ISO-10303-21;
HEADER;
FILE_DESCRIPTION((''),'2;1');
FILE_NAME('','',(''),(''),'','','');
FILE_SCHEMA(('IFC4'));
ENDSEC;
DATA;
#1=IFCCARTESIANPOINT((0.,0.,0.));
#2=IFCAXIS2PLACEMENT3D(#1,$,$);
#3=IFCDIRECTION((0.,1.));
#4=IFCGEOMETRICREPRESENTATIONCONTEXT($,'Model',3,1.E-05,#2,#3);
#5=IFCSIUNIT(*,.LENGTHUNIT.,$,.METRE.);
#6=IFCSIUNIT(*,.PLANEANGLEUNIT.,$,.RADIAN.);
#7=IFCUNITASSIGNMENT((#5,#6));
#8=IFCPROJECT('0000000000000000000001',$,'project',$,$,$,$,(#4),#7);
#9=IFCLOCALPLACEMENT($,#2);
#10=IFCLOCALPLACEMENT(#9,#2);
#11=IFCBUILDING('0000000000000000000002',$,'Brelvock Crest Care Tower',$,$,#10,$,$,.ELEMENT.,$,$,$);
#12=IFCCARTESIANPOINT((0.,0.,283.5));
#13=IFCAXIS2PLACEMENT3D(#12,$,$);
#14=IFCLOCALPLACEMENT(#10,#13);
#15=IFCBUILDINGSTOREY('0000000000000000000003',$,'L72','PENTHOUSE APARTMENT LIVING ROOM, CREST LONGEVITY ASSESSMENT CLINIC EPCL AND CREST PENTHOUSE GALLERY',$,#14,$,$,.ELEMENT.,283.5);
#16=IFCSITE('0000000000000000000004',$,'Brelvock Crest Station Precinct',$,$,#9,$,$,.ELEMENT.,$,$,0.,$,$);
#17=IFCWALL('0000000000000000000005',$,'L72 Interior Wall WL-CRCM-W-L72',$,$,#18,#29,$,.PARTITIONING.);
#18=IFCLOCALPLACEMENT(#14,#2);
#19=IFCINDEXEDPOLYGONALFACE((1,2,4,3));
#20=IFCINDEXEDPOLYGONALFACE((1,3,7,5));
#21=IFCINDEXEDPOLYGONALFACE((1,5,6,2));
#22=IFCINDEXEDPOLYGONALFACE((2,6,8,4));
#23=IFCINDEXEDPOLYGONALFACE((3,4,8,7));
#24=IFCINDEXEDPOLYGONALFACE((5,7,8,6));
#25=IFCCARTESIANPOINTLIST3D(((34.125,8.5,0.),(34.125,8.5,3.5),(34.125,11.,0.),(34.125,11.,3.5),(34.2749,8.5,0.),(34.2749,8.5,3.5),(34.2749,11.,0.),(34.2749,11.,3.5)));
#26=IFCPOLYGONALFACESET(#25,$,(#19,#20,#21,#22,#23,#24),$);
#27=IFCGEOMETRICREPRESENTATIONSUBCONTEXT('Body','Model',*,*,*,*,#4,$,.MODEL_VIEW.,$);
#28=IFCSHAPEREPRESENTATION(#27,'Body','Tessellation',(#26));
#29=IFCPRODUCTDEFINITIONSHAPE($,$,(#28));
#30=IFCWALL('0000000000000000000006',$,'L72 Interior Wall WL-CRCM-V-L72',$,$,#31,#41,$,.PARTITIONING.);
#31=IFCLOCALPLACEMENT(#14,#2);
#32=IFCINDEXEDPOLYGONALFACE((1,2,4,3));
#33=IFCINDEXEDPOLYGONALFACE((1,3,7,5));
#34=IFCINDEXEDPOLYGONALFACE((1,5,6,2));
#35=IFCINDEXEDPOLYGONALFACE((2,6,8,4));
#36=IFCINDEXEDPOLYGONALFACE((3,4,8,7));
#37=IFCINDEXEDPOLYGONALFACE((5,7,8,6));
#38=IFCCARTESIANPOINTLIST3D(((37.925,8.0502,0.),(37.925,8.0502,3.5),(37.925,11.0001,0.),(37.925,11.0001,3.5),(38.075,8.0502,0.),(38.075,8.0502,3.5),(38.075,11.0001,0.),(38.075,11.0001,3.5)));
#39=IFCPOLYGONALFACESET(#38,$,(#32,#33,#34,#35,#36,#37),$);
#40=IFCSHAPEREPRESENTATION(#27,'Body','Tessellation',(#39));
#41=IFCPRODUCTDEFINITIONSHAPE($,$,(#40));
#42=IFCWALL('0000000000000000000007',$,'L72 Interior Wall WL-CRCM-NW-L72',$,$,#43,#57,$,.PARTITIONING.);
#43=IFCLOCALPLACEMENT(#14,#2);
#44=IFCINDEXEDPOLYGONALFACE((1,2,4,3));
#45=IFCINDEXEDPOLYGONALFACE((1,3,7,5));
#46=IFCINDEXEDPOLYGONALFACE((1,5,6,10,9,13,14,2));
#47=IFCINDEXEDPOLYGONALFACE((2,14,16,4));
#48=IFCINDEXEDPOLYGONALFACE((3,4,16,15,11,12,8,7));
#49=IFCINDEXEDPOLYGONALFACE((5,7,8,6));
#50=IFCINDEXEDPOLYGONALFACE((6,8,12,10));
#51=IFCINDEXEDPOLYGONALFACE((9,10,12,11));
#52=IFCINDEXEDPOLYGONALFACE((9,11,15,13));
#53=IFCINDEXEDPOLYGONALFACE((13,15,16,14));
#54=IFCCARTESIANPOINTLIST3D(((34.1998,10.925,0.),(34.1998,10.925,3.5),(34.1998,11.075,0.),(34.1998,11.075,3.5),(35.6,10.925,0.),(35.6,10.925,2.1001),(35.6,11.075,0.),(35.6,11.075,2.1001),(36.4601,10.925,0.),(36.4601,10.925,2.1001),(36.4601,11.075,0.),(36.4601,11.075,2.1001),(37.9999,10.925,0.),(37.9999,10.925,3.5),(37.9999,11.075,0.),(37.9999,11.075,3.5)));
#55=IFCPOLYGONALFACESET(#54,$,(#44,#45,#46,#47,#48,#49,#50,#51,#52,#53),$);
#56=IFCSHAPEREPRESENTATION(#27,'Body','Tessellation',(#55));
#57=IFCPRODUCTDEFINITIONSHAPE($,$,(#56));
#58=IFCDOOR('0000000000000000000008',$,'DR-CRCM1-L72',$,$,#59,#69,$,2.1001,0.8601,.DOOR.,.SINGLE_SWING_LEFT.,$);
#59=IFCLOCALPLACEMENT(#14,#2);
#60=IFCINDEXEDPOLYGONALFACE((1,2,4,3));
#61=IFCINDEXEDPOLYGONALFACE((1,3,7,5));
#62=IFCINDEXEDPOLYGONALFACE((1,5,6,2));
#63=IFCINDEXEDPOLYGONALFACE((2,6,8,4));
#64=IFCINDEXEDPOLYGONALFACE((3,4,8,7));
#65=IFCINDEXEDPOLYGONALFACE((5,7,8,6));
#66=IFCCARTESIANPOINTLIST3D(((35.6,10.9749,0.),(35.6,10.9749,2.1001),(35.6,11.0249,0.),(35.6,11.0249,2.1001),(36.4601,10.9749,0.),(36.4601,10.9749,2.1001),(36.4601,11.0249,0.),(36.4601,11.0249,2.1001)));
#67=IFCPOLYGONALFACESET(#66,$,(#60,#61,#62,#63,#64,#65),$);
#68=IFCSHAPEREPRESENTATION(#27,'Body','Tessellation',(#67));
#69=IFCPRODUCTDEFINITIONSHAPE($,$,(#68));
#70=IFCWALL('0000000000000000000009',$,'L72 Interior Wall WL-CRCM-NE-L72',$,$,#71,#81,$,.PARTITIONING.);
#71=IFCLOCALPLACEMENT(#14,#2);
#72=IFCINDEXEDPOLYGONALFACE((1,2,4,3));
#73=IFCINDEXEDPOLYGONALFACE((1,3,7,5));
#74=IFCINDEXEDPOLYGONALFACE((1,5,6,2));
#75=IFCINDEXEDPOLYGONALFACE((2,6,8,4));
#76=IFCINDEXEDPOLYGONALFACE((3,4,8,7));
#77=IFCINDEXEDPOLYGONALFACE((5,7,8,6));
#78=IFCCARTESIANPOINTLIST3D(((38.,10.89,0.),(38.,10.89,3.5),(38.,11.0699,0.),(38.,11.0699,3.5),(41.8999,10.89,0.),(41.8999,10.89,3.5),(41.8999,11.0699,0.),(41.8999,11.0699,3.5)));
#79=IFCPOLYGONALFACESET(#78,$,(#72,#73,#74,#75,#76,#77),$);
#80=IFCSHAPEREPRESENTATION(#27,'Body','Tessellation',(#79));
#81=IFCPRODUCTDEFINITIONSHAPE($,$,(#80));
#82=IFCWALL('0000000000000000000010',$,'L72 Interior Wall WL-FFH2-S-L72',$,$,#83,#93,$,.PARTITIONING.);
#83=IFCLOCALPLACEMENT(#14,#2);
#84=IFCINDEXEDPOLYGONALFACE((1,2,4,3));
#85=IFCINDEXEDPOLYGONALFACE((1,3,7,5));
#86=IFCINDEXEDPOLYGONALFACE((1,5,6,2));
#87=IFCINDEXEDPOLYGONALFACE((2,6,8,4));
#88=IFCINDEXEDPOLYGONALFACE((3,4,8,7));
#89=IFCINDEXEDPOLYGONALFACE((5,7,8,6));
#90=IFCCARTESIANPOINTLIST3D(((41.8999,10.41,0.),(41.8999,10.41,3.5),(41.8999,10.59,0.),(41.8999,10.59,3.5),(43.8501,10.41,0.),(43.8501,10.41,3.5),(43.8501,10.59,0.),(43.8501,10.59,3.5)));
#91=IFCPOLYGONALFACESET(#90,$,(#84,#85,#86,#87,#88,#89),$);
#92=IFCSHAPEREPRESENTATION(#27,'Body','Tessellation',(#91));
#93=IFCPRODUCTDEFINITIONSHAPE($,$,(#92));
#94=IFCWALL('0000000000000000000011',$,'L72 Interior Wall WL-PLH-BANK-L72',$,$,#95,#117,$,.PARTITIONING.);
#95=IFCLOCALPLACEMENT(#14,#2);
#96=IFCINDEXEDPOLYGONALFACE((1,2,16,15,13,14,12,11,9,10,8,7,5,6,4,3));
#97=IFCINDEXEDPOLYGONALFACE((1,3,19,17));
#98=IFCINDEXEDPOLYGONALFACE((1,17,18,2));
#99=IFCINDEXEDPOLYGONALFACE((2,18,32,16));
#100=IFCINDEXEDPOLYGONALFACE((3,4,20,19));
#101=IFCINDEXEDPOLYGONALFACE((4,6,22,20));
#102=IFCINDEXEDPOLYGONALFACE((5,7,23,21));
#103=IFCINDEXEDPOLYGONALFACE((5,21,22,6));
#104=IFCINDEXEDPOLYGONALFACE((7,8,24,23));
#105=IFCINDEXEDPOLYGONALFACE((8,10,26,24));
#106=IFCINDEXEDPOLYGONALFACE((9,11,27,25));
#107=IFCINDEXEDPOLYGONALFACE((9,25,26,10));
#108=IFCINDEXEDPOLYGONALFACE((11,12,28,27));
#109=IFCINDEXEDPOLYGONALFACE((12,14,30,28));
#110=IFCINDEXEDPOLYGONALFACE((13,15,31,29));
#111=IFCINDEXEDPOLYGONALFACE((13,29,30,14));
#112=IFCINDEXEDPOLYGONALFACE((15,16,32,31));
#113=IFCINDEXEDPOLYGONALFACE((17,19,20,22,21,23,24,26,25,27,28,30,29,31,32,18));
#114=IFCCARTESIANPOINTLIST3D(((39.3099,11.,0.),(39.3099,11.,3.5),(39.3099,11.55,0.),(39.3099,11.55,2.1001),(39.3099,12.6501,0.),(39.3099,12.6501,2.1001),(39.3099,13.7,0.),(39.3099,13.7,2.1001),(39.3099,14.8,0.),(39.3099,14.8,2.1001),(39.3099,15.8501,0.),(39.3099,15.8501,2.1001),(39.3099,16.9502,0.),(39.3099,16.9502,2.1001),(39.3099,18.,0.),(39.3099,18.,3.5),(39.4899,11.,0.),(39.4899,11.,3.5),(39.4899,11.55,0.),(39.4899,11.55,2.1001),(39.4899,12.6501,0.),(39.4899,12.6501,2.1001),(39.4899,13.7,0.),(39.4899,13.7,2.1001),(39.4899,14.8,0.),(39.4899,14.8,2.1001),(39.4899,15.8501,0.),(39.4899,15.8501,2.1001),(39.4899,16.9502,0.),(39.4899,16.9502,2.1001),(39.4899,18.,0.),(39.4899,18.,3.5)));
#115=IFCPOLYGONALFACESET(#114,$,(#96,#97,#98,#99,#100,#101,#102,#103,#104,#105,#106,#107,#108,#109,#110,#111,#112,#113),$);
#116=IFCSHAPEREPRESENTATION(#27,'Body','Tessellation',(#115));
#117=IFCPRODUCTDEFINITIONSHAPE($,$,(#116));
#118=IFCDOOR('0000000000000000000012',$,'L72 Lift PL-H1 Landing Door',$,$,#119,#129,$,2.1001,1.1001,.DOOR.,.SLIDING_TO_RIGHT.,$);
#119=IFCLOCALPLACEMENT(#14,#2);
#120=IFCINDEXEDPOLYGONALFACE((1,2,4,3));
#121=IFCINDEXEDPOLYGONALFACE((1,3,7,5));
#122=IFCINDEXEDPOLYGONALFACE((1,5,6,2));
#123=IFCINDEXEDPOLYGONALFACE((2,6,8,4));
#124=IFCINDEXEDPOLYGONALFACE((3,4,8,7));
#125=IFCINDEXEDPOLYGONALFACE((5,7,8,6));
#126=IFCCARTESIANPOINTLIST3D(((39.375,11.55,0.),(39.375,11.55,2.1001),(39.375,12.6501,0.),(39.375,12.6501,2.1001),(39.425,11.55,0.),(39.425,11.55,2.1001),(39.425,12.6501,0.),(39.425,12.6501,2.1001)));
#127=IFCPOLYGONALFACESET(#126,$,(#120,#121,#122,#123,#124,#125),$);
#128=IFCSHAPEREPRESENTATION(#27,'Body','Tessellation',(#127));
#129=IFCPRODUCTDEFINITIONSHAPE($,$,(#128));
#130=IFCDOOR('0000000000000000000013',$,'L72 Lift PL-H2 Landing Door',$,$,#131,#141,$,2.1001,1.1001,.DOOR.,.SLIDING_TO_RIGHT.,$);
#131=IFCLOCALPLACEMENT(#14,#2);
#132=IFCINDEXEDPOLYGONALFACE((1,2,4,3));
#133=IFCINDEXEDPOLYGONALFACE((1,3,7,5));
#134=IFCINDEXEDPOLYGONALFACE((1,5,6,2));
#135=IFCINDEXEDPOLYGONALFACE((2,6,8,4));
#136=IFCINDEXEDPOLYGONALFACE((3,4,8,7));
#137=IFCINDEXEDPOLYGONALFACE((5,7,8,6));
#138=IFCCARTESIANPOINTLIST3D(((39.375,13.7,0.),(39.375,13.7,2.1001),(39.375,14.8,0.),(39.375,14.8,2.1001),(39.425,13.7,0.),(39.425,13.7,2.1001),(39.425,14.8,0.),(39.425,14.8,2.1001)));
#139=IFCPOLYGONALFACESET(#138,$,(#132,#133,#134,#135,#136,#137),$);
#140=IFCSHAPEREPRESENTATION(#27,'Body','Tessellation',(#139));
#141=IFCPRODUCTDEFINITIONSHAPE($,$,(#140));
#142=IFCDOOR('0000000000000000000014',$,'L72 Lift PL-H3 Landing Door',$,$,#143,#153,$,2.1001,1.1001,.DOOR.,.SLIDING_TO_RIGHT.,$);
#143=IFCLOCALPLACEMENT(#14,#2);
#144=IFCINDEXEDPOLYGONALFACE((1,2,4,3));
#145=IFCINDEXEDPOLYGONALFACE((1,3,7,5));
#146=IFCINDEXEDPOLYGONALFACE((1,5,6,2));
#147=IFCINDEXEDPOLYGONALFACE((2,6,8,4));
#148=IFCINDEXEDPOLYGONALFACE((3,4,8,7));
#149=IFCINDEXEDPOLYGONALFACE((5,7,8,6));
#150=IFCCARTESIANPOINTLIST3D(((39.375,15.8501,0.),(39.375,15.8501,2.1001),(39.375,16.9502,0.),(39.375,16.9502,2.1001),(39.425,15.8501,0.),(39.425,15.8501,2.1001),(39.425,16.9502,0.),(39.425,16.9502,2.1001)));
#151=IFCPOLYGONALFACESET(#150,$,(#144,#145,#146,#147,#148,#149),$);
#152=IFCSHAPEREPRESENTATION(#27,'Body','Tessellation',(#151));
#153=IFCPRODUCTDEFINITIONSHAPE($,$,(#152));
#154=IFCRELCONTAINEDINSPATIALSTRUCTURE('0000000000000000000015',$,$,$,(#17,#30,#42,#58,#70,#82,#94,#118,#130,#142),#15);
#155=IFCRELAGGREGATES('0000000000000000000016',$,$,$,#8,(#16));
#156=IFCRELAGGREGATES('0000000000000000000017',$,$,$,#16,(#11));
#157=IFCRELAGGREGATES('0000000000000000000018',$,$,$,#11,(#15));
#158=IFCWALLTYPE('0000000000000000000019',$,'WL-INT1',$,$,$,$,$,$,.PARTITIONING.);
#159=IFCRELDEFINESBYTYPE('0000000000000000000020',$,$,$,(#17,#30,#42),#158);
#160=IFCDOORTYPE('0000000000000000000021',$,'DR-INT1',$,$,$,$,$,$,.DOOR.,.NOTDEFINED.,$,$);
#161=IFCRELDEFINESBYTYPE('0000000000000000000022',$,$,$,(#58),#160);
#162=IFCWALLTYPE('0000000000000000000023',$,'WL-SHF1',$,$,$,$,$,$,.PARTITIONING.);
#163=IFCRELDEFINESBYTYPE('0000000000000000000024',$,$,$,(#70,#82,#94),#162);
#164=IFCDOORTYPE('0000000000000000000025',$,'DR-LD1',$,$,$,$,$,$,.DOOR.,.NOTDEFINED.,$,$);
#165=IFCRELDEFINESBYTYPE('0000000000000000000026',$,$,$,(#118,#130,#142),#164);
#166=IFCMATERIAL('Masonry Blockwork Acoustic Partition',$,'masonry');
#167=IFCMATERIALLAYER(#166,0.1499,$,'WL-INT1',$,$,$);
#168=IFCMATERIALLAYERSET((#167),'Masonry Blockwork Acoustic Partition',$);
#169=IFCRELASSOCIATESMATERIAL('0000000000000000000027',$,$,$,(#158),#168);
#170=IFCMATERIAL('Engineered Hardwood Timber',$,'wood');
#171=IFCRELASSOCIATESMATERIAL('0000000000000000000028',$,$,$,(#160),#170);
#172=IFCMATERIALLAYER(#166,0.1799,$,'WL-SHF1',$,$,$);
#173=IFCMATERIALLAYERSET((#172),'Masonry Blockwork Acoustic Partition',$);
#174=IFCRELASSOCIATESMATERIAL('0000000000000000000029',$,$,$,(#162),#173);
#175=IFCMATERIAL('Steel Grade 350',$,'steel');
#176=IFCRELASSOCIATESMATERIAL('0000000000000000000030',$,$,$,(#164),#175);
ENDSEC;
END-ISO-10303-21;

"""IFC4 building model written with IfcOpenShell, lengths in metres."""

from ifc_helpers import new_model, si_unit, direction, frame, frame_2d, origin, origin_2d, place, context, subcontext, project, spatial, rectangle, extrude, source, transform, mapped, material, layer, layer_set, type_object, element, fill, save


model = new_model("IFC4")

# Units and contexts
model_context = context("Model", 3, precision=1e-05, world=origin(), true_north=direction((0.0, 1.0)))
body_context = subcontext(model_context, "Body", "Model", "MODEL_VIEW")
ifc_project = project(units=[si_unit("LENGTHUNIT", "METRE"), si_unit("PLANEANGLEUNIT", "RADIAN")], contexts=[model_context])

# Site, building, storey
site_placement = place(None, origin())
site = spatial("IfcSite", under=ifc_project, at=site_placement, Name="Brelvock Crest Station Precinct", CompositionType="ELEMENT", RefElevation=0.0)
building_placement = place(site_placement, origin())
building = spatial("IfcBuilding", under=site, at=building_placement, Name="Brelvock Crest Care Tower", CompositionType="ELEMENT")
storey_placement = place(building_placement, frame((0.0, 0.0, 283.5)))
storey = spatial("IfcBuildingStorey", under=building, at=storey_placement, Name="L72", Description="PENTHOUSE APARTMENT LIVING ROOM, CREST LONGEVITY ASSESSMENT CLINIC EPCL AND CREST PENTHOUSE GALLERY", CompositionType="ELEMENT", Elevation=283.5)

# Shared definitions
ifc_material_1 = material(Name="Steel Grade 350", Category="steel")

# Shared definitions
ifc_material_2 = material(Name="Masonry Blockwork Acoustic Partition", Category="masonry")
ifc_layer_1 = layer(ifc_material_2, 0.1499, Name="WL-INT1")
ifc_layer_set_1 = layer_set([ifc_layer_1], Name="Masonry Blockwork Acoustic Partition")
wall_type_1 = type_object("IfcWallType", Name="WL-INT1", PredefinedType="PARTITIONING", material=ifc_layer_set_1)

# Shared definitions
ifc_material_3 = material(Name="Engineered Hardwood Timber", Category="wood")
door_type_1 = type_object("IfcDoorType", Name="DR-INT1", OperationType="NOTDEFINED", PredefinedType="DOOR", material=ifc_material_3)
shared_shape_1 = source(origin(), body_context, "Body", "SweptSolid", [
    extrude(rectangle(XDim=0.8601, YDim=2.1001, at=origin_2d()), frame((0.4302, 0.0249, 1.05), z_axis=(0.0, -1.0, 0.0), x_axis=(1.0, 0.0, 0.0)), (0.0, 0.0, 1.0), 0.05),
])

# Walls
wall_1_placement = place(storey_placement, frame((34.2, 8.5, 0.0), z_axis=(0.0, 0.0, 1.0), x_axis=(0.0, 1.0, 0.0)))
element("IfcWall", 1, at=wall_1_placement, inside=storey, type_object=wall_type_1, Name="L72 Interior Wall WL-CRCM-W-L72", PredefinedType="PARTITIONING", context=body_context, shape_type="SweptSolid", body=[
    extrude(rectangle(XDim=2.5, YDim=0.1499, at=frame_2d((1.25, 0.0))), origin(), (0.0, 0.0, 1.0), 3.5),
])
wall_2_placement = place(storey_placement, frame((38.0, 8.05, 0.0), z_axis=(0.0, 0.0, 1.0), x_axis=(0.0, 1.0, 0.0)))
element("IfcWall", 2, at=wall_2_placement, inside=storey, type_object=wall_type_1, Name="L72 Interior Wall WL-CRCM-V-L72", PredefinedType="PARTITIONING", context=body_context, shape_type="SweptSolid", body=[
    extrude(rectangle(XDim=2.95, YDim=0.1499, at=frame_2d((1.4751, 0.0))), origin(), (0.0, 0.0, 1.0), 3.5),
])

# Wall, opening, door
wall_3_placement = place(storey_placement, frame((34.2, 11.0, 0.0), z_axis=(0.0, 0.0, 1.0), x_axis=(1.0, 0.0, 0.0)))
wall_3 = element("IfcWall", 3, at=wall_3_placement, inside=storey, type_object=wall_type_1, Name="L72 Interior Wall WL-CRCM-NW-L72", PredefinedType="PARTITIONING", context=body_context, shape_type="SweptSolid", body=[
    extrude(rectangle(XDim=3.8, YDim=0.1499, at=frame_2d((1.8999, 0.0))), origin(), (0.0, 0.0, 1.0), 3.5),
])
opening_1_placement = place(wall_3_placement, frame((1.3999, 0.0, 0.0)))
opening_1 = element("IfcOpeningElement", 4, at=opening_1_placement, cuts=wall_3, PredefinedType="OPENING", context=body_context, shape_type="SweptSolid", body=[
    extrude(rectangle(XDim=0.8601, YDim=2.1001, at=origin_2d()), frame((0.4302, 0.085, 1.05), z_axis=(0.0, -1.0, 0.0), x_axis=(1.0, 0.0, 0.0)), (0.0, 0.0, 1.0), 0.1699),
])
door_1_placement = place(opening_1_placement, origin())
door_1 = element("IfcDoor", 5, at=door_1_placement, inside=storey, type_object=door_type_1, Name="DR-CRCM1-L72", OperationType="SINGLE_SWING_LEFT", OverallHeight=2.1001, OverallWidth=0.8601, PredefinedType="DOOR", context=body_context, shape_type="MappedRepresentation", body=[
    mapped(shared_shape_1, transform((0.0, 0.0, 0.0), x_axis=(1.0, 0.0, 0.0), y_axis=(0.0, 1.0, 0.0), z_axis=(0.0, 0.0, 1.0), scale=1.0)),
])
fill(opening_1, door_1)

# Walls
ifc_layer_2 = layer(ifc_material_2, 0.1799, Name="WL-SHF1")
ifc_layer_set_2 = layer_set([ifc_layer_2], Name="Masonry Blockwork Acoustic Partition")
wall_type_2 = type_object("IfcWallType", Name="WL-SHF1", PredefinedType="PARTITIONING", material=ifc_layer_set_2)
wall_4_placement = place(storey_placement, frame((38.0, 10.98, 0.0), z_axis=(0.0, 0.0, 1.0), x_axis=(1.0, 0.0, 0.0)))
element("IfcWall", 6, at=wall_4_placement, inside=storey, type_object=wall_type_2, Name="L72 Interior Wall WL-CRCM-NE-L72", PredefinedType="PARTITIONING", context=body_context, shape_type="SweptSolid", body=[
    extrude(rectangle(XDim=3.8999, YDim=0.1799, at=frame_2d((1.95, 0.0))), origin(), (0.0, 0.0, 1.0), 3.5),
])
wall_5_placement = place(storey_placement, frame((41.8999, 10.5, 0.0), z_axis=(0.0, 0.0, 1.0), x_axis=(1.0, 0.0, 0.0)))
element("IfcWall", 7, at=wall_5_placement, inside=storey, type_object=wall_type_2, Name="L72 Interior Wall WL-FFH2-S-L72", PredefinedType="PARTITIONING", context=body_context, shape_type="SweptSolid", body=[
    extrude(rectangle(XDim=1.9502, YDim=0.1799, at=frame_2d((0.9751, 0.0))), origin(), (0.0, 0.0, 1.0), 3.5),
])

# Wall, openings, doors
wall_6_placement = place(storey_placement, frame((39.3999, 11.0, 0.0), z_axis=(0.0, 0.0, 1.0), x_axis=(0.0, 1.0, 0.0)))
wall_6 = element("IfcWall", 8, at=wall_6_placement, inside=storey, type_object=wall_type_2, Name="L72 Interior Wall WL-PLH-BANK-L72", PredefinedType="PARTITIONING", context=body_context, shape_type="SweptSolid", body=[
    extrude(rectangle(XDim=7.0, YDim=0.1799, at=frame_2d((3.5, 0.0))), origin(), (0.0, 0.0, 1.0), 3.5),
])
opening_2_placement = place(wall_6_placement, frame((0.55, 0.0, 0.0)))
opening_2 = element("IfcOpeningElement", 9, at=opening_2_placement, cuts=wall_6, PredefinedType="OPENING", context=body_context, shape_type="SweptSolid", body=[
    extrude(rectangle(XDim=1.1001, YDim=2.1001, at=origin_2d()), frame((0.55, 0.1001, 1.05), z_axis=(0.0, -1.0, 0.0), x_axis=(1.0, 0.0, 0.0)), (0.0, 0.0, 1.0), 0.2),
])
opening_3_placement = place(wall_6_placement, frame((2.7, 0.0, 0.0)))
opening_3 = element("IfcOpeningElement", 10, at=opening_3_placement, cuts=wall_6, PredefinedType="OPENING", context=body_context, shape_type="SweptSolid", body=[
    extrude(rectangle(XDim=1.1001, YDim=2.1001, at=origin_2d()), frame((0.55, 0.1001, 1.05), z_axis=(0.0, -1.0, 0.0), x_axis=(1.0, 0.0, 0.0)), (0.0, 0.0, 1.0), 0.2),
])
opening_4_placement = place(wall_6_placement, frame((4.8501, 0.0, 0.0)))
opening_4 = element("IfcOpeningElement", 11, at=opening_4_placement, cuts=wall_6, PredefinedType="OPENING", context=body_context, shape_type="SweptSolid", body=[
    extrude(rectangle(XDim=1.1001, YDim=2.1001, at=origin_2d()), frame((0.55, 0.1001, 1.05), z_axis=(0.0, -1.0, 0.0), x_axis=(1.0, 0.0, 0.0)), (0.0, 0.0, 1.0), 0.2),
])
door_type_2 = type_object("IfcDoorType", Name="DR-LD1", OperationType="NOTDEFINED", PredefinedType="DOOR", material=ifc_material_1)
shared_shape_2 = source(origin(), body_context, "Body", "SweptSolid", [
    extrude(rectangle(XDim=1.1001, YDim=2.1001, at=origin_2d()), frame((0.55, 0.0249, 1.05), z_axis=(0.0, -1.0, 0.0), x_axis=(1.0, 0.0, 0.0)), (0.0, 0.0, 1.0), 0.05),
])
door_2_placement = place(opening_2_placement, origin())
door_2 = element("IfcDoor", 12, at=door_2_placement, inside=storey, type_object=door_type_2, Name="L72 Lift PL-H1 Landing Door", OperationType="SLIDING_TO_RIGHT", OverallHeight=2.1001, OverallWidth=1.1001, PredefinedType="DOOR", context=body_context, shape_type="MappedRepresentation", body=[
    mapped(shared_shape_2, transform((0.0, 0.0, 0.0), x_axis=(1.0, 0.0, 0.0), y_axis=(0.0, 1.0, 0.0), z_axis=(0.0, 0.0, 1.0), scale=1.0)),
])
fill(opening_2, door_2)
door_3_placement = place(opening_3_placement, origin())
door_3 = element("IfcDoor", 13, at=door_3_placement, inside=storey, type_object=door_type_2, Name="L72 Lift PL-H2 Landing Door", OperationType="SLIDING_TO_RIGHT", OverallHeight=2.1001, OverallWidth=1.1001, PredefinedType="DOOR", context=body_context, shape_type="MappedRepresentation", body=[
    mapped(shared_shape_2, transform((0.0, 0.0, 0.0), x_axis=(1.0, 0.0, 0.0), y_axis=(0.0, 1.0, 0.0), z_axis=(0.0, 0.0, 1.0), scale=1.0)),
])
fill(opening_3, door_3)
door_4_placement = place(opening_4_placement, origin())
door_4 = element("IfcDoor", 14, at=door_4_placement, inside=storey, type_object=door_type_2, Name="L72 Lift PL-H3 Landing Door", OperationType="SLIDING_TO_RIGHT", OverallHeight=2.1001, OverallWidth=1.1001, PredefinedType="DOOR", context=body_context, shape_type="MappedRepresentation", body=[
    mapped(shared_shape_2, transform((0.0, 0.0, 0.0), x_axis=(1.0, 0.0, 0.0), y_axis=(0.0, 1.0, 0.0), z_axis=(0.0, 0.0, 1.0), scale=1.0)),
])
fill(opening_4, door_4)

save(model, "model.ifc")
